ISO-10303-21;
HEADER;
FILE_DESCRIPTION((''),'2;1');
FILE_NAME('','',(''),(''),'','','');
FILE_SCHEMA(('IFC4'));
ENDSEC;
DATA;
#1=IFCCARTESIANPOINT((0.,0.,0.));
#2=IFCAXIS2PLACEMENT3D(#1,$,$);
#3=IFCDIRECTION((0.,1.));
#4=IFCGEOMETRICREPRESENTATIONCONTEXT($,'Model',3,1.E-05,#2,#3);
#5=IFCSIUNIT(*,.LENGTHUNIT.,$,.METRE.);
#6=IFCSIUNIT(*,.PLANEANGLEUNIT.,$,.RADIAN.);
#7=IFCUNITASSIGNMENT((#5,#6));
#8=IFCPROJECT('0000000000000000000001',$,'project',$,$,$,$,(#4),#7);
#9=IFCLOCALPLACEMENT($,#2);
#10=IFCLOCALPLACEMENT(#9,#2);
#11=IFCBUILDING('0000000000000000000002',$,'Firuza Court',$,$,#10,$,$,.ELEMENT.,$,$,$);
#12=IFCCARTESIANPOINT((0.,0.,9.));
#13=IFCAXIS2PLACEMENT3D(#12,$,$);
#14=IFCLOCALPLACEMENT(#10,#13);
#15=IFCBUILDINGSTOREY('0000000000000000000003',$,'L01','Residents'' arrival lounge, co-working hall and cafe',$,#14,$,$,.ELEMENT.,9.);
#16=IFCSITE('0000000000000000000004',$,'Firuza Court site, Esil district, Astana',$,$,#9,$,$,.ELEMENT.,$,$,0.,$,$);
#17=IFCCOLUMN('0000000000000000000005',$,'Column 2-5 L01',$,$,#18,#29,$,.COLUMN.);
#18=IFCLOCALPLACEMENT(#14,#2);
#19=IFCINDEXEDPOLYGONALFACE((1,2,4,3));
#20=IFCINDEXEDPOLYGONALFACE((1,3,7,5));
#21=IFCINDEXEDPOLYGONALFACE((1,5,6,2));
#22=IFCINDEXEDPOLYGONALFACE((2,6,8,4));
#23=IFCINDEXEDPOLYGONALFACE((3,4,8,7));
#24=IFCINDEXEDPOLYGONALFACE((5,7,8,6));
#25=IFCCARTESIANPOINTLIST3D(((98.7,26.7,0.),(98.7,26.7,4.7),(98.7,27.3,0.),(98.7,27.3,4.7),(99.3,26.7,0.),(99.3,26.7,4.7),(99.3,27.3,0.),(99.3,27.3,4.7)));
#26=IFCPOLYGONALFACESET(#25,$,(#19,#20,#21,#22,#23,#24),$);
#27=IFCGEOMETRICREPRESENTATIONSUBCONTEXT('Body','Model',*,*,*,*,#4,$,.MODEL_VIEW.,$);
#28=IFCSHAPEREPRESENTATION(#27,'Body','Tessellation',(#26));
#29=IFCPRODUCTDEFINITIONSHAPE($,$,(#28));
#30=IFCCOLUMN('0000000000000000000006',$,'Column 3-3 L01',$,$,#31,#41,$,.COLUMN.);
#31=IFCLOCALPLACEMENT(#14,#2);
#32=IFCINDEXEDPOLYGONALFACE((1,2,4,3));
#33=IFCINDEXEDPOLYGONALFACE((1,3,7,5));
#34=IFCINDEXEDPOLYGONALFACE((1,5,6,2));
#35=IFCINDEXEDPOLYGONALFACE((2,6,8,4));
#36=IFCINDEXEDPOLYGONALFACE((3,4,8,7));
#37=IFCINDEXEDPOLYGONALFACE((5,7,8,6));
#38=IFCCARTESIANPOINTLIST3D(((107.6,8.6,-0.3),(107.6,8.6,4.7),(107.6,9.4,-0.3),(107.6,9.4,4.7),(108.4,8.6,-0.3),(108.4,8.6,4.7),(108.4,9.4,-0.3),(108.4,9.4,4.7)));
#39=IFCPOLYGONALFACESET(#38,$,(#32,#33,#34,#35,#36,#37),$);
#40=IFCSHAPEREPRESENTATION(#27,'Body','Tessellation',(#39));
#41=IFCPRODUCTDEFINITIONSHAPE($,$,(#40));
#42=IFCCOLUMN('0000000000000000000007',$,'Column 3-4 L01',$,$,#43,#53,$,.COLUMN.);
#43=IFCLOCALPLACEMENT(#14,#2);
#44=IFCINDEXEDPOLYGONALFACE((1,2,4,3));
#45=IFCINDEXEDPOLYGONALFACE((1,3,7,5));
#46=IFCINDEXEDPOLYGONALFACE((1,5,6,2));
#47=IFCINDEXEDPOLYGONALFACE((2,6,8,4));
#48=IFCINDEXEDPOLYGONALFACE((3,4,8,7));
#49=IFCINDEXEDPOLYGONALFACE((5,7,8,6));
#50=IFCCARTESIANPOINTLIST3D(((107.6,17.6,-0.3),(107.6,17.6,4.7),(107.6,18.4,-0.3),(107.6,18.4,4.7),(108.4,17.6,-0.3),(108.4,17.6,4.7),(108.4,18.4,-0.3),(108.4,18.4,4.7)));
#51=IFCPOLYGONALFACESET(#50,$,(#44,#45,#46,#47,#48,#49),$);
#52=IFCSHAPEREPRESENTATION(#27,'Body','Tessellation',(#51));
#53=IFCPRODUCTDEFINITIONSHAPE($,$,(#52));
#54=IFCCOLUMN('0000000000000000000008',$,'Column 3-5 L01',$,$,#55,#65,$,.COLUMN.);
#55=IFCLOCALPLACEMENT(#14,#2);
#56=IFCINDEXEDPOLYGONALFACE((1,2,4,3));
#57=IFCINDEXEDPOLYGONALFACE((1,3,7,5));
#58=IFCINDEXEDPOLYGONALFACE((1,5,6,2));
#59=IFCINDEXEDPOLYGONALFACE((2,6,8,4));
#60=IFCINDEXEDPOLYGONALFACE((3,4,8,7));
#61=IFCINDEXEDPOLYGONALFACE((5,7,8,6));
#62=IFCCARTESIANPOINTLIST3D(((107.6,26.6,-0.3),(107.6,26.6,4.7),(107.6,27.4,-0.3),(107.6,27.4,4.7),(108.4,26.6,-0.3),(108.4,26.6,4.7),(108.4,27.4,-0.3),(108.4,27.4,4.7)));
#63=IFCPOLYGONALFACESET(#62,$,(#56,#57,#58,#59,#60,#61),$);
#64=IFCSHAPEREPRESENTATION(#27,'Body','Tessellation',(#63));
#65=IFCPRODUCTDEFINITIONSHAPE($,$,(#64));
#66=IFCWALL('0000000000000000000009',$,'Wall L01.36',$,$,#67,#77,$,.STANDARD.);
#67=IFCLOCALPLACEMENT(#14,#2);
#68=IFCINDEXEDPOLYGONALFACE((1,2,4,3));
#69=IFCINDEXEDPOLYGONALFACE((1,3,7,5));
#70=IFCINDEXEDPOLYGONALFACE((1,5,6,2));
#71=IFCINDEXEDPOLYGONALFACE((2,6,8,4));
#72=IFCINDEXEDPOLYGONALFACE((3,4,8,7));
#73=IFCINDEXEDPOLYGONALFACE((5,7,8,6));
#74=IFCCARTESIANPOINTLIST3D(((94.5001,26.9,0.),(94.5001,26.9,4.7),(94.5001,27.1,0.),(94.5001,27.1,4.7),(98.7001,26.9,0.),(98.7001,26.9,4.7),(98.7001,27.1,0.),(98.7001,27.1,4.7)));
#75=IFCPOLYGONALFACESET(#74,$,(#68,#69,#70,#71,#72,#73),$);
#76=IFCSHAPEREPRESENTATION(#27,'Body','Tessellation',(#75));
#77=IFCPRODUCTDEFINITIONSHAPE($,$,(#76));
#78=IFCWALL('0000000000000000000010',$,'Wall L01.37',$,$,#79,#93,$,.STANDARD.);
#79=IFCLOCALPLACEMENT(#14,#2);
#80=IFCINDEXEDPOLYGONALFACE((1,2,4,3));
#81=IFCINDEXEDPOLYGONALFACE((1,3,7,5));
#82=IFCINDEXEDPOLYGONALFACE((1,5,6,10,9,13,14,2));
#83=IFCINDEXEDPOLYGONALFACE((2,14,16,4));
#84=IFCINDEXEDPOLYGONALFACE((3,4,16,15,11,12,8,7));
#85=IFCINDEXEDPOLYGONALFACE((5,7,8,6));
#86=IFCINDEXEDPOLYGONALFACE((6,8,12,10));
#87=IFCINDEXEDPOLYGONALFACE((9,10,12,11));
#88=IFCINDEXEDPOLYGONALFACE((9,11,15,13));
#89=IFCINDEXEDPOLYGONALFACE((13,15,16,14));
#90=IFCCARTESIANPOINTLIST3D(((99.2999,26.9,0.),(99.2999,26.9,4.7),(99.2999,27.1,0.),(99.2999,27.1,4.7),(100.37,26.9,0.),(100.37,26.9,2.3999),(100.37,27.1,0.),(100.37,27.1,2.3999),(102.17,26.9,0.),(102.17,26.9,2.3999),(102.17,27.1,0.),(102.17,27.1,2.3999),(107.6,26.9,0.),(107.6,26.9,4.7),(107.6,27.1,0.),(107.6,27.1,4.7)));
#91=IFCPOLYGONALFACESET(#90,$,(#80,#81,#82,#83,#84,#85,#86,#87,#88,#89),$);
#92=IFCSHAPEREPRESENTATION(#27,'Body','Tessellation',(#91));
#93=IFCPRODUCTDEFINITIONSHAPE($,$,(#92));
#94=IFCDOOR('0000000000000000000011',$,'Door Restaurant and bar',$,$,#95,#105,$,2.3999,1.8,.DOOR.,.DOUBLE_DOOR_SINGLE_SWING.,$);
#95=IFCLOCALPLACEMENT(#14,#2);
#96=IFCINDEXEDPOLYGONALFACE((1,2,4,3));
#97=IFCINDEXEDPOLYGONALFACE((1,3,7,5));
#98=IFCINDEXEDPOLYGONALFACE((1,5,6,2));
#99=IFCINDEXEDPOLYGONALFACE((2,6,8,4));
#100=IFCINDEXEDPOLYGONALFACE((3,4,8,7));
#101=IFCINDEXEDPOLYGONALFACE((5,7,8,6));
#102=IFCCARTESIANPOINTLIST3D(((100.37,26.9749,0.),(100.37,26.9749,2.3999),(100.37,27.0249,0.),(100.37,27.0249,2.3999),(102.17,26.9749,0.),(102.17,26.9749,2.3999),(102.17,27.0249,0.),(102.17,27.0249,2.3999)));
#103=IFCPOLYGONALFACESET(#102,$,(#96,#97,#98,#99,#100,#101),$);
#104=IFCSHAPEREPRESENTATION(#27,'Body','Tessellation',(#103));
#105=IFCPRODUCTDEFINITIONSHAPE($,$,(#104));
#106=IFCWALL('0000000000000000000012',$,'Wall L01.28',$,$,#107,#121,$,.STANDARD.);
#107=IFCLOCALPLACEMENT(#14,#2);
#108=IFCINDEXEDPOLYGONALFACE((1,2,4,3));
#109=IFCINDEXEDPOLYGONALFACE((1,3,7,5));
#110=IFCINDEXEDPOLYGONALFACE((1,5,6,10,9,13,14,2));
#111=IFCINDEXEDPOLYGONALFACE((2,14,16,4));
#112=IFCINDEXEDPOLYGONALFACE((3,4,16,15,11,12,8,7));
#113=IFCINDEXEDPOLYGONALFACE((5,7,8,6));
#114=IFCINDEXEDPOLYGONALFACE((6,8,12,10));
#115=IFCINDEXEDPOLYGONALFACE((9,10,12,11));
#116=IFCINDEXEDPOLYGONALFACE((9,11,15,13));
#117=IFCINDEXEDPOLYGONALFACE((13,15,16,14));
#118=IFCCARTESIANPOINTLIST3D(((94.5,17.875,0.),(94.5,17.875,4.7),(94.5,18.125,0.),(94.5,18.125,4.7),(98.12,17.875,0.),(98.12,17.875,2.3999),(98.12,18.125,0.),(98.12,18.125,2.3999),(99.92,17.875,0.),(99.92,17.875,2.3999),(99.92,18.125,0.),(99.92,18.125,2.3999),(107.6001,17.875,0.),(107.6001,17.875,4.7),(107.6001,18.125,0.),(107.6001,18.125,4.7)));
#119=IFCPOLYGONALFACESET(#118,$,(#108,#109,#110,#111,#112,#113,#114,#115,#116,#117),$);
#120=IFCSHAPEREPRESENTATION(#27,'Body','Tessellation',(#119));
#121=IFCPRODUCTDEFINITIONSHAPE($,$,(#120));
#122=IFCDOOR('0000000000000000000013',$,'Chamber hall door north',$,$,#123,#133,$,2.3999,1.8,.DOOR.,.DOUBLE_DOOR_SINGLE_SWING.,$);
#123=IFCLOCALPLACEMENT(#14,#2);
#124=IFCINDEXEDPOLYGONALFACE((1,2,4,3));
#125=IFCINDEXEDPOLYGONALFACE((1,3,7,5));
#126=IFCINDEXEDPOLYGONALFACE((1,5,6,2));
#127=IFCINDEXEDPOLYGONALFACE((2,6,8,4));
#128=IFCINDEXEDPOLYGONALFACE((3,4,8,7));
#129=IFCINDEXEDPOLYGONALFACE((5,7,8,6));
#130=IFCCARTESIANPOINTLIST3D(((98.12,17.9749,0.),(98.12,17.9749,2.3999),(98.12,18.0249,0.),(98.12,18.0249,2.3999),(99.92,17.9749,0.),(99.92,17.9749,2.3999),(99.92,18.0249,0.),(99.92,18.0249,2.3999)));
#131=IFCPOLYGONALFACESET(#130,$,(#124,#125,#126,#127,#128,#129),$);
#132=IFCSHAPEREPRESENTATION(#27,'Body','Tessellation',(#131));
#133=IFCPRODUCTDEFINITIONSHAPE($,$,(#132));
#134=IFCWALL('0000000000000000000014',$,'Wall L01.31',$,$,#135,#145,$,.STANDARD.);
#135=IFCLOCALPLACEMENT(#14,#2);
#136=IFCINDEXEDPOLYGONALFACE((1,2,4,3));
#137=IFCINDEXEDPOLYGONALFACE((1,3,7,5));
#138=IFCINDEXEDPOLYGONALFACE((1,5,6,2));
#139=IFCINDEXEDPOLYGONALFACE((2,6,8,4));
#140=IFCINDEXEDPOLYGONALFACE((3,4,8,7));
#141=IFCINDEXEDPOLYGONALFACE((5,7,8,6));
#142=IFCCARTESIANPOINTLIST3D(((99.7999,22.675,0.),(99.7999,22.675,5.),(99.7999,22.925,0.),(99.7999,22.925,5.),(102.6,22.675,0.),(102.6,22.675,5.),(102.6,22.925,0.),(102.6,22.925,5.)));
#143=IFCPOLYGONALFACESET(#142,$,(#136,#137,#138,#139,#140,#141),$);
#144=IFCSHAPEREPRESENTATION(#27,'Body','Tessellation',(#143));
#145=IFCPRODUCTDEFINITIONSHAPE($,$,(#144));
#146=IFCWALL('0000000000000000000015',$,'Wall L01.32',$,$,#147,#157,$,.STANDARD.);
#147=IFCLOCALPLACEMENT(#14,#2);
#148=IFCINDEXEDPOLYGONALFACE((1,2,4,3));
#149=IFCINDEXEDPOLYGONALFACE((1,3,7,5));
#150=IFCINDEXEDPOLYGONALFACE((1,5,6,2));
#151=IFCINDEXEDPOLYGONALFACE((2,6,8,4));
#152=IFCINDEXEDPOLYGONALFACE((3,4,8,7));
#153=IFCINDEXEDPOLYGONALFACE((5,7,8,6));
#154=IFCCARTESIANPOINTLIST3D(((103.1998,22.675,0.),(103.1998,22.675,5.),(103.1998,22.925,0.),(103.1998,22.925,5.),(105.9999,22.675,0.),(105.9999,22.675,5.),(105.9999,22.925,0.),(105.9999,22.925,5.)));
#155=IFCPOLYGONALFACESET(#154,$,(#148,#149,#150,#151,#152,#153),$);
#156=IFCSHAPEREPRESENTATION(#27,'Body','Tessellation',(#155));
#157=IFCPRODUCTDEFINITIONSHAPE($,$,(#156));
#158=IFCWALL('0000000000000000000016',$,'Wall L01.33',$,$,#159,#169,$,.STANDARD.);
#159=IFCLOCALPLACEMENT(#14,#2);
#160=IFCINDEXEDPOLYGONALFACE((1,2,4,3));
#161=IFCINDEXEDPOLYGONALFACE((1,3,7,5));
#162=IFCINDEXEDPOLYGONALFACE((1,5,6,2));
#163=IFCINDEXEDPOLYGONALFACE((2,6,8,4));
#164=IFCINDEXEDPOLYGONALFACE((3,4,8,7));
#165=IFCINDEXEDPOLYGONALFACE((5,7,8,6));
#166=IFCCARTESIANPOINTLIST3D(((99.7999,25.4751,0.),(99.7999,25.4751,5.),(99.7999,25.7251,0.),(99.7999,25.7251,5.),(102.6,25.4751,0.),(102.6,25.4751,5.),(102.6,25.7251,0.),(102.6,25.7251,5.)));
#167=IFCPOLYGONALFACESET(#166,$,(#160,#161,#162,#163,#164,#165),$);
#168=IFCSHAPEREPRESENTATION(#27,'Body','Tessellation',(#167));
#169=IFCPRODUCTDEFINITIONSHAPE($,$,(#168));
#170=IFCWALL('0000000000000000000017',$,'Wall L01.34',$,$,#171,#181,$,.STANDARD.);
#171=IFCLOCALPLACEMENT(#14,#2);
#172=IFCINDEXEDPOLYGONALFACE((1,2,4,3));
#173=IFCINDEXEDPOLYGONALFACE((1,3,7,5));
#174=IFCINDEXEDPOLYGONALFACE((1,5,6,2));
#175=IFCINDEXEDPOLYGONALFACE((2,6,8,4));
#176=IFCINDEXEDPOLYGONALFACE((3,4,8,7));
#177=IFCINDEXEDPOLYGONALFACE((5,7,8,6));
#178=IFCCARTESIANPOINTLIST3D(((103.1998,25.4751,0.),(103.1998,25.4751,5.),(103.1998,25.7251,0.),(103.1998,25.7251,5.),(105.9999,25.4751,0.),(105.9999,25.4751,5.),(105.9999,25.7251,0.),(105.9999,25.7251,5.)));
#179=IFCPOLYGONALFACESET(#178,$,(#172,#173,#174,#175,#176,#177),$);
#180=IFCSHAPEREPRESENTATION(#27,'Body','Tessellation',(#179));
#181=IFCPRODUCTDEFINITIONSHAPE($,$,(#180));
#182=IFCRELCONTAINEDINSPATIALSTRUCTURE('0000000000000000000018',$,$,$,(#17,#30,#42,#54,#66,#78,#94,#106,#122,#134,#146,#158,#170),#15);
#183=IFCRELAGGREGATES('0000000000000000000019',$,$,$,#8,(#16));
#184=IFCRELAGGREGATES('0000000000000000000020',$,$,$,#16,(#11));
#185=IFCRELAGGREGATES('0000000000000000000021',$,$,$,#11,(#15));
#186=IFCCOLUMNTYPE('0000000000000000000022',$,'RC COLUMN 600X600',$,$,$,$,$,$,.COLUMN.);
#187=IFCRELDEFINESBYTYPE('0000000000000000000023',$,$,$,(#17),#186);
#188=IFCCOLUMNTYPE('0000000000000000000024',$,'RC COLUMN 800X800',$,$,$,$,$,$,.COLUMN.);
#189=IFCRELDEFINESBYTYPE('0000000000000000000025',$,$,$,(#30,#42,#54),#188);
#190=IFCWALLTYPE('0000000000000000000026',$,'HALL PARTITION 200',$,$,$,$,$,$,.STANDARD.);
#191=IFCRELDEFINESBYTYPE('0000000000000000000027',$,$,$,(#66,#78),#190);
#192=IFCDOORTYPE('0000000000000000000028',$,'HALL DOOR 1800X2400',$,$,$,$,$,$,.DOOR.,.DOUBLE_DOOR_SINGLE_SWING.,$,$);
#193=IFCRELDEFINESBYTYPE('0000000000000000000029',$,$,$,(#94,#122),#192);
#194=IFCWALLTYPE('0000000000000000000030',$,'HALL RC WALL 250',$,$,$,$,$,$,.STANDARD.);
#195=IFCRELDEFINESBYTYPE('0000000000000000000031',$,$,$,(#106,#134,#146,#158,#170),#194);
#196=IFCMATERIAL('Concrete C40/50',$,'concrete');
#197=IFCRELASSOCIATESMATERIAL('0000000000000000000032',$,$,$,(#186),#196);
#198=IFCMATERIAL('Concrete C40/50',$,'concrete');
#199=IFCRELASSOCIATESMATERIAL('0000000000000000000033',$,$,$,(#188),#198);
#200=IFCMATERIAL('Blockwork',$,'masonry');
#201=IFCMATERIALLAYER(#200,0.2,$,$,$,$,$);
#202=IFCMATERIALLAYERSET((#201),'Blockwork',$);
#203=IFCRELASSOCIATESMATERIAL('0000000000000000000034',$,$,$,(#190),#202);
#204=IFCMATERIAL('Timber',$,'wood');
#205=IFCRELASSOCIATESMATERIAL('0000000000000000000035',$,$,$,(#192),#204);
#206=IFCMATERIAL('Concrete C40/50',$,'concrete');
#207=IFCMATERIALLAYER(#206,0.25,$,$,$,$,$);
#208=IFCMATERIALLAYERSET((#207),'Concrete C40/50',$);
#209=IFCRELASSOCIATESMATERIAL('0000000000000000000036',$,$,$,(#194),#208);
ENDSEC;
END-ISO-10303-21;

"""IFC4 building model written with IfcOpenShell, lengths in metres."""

from ifc_helpers import new_model, si_unit, direction, frame, frame_2d, origin, origin_2d, place, context, subcontext, project, spatial, rectangle, extrude, material, layer, layer_set, material_profile, profile_set, type_object, element, fill, save


model = new_model("IFC4")

# Units and contexts
model_context = context("Model", 3, precision=1e-05, world=origin(), true_north=direction((0.0, 1.0)))
body_context = subcontext(model_context, "Body", "Model", "MODEL_VIEW")
ifc_project = project(units=[si_unit("LENGTHUNIT", "METRE"), si_unit("PLANEANGLEUNIT", "RADIAN")], contexts=[model_context])

# Site, building, storey
site_placement = place(None, origin())
site = spatial("IfcSite", under=ifc_project, at=site_placement, Name="Firuza Court site, Esil district, Astana", CompositionType="ELEMENT", RefElevation=0.0)
building_placement = place(site_placement, origin())
building = spatial("IfcBuilding", under=site, at=building_placement, Name="Firuza Court", CompositionType="ELEMENT")
storey_placement = place(building_placement, frame((0.0, 0.0, 9.0)))
storey = spatial("IfcBuildingStorey", under=building, at=storey_placement, Name="L01", Description="Residents' arrival lounge, co-working hall and cafe", CompositionType="ELEMENT", Elevation=9.0)

# Columns
ifc_material_1 = material(Name="Concrete C40/50", Category="concrete")
ifc_material_profile_1 = material_profile(ifc_material_1, rectangle(XDim=0.6001, YDim=0.6001, at=origin_2d()), Name="RC 600X600")
ifc_profile_set_1 = profile_set([ifc_material_profile_1], Name="Concrete C40/50")
column_type_1 = type_object("IfcColumnType", Name="RC COLUMN 600X600", PredefinedType="COLUMN", material=ifc_profile_set_1)
column_placement = place(storey_placement, frame((99.0, 27.0, 0.0), z_axis=(0.0, 0.0, 1.0), x_axis=(1.0, 0.0, 0.0)))
element("IfcColumn", 1, at=column_placement, inside=storey, type_object=column_type_1, Name="Column 2-5 L01", PredefinedType="COLUMN", context=body_context, shape_type="SweptSolid", body=[
    extrude(rectangle(XDim=0.6001, YDim=0.6001, at=origin_2d()), origin(), (0.0, 0.0, 1.0), 4.7),
])
ifc_material_2 = material(Name="Concrete C40/50", Category="concrete")
ifc_material_profile_2 = material_profile(ifc_material_2, rectangle(XDim=0.8, YDim=0.8, at=origin_2d()), Name="RC 800X800")
ifc_profile_set_2 = profile_set([ifc_material_profile_2], Name="Concrete C40/50")
column_type_2 = type_object("IfcColumnType", Name="RC COLUMN 800X800", PredefinedType="COLUMN", material=ifc_profile_set_2)
for number, where, z_axis, x_axis, name in (
    (2, (108.0, 9.0, -0.3), (0.0, 0.0, 1.0), (1.0, 0.0, 0.0), "Column 3-3 L01"),
    (3, (108.0, 18.0, -0.3), (0.0, 0.0, 1.0), (1.0, 0.0, 0.0), "Column 3-4 L01"),
    (4, (108.0, 27.0, -0.3), (0.0, 0.0, 1.0), (1.0, 0.0, 0.0), "Column 3-5 L01"),
):
    element("IfcColumn", number, at=place(storey_placement, frame(where, z_axis=z_axis, x_axis=x_axis)), inside=storey, type_object=column_type_2, Name=name, PredefinedType="COLUMN", context=body_context, shape_type="SweptSolid", body=[
        extrude(rectangle(XDim=0.8, YDim=0.8, at=origin_2d()), origin(), (0.0, 0.0, 1.0), 5.0),
    ])

# Wall
ifc_material_3 = material(Name="Blockwork", Category="masonry")
ifc_layer_1 = layer(ifc_material_3, 0.2)
ifc_layer_set_1 = layer_set([ifc_layer_1], Name="Blockwork")
wall_type_1 = type_object("IfcWallType", Name="HALL PARTITION 200", PredefinedType="STANDARD", material=ifc_layer_set_1)
wall_1_placement = place(storey_placement, frame((94.5, 27.0, 0.0), z_axis=(0.0, 0.0, 1.0), x_axis=(1.0, 0.0, 0.0)))
element("IfcWall", 5, at=wall_1_placement, inside=storey, type_object=wall_type_1, Name="Wall L01.36", PredefinedType="STANDARD", context=body_context, shape_type="SweptSolid", body=[
    extrude(rectangle(XDim=4.2, YDim=0.2, at=frame_2d((2.1001, 0.0))), origin(), (0.0, 0.0, 1.0), 4.7),
])

# Walls, openings, doors
wall_2_placement = place(storey_placement, frame((99.3, 27.0, 0.0), z_axis=(0.0, 0.0, 1.0), x_axis=(1.0, 0.0, 0.0)))
wall_2 = element("IfcWall", 6, at=wall_2_placement, inside=storey, type_object=wall_type_1, Name="Wall L01.37", PredefinedType="STANDARD", context=body_context, shape_type="SweptSolid", body=[
    extrude(rectangle(XDim=8.3, YDim=0.2, at=frame_2d((4.1499, 0.0))), origin(), (0.0, 0.0, 1.0), 4.7),
])
opening_1_placement = place(wall_2_placement, frame((1.0701, 0.0, 0.0)))
opening_1 = element("IfcOpeningElement", 7, at=opening_1_placement, cuts=wall_2, PredefinedType="OPENING", context=body_context, shape_type="SweptSolid", body=[
    extrude(rectangle(XDim=1.8, YDim=2.3999, at=frame_2d((0.8999, 1.2))), frame((0.0, 0.1118, 0.0), z_axis=(0.0, -1.0, 0.0), x_axis=(1.0, 0.0, 0.0)), (0.0, 0.0, 1.0), 0.2239),
])
ifc_material_4 = material(Name="Timber", Category="wood")
door_type_1 = type_object("IfcDoorType", Name="HALL DOOR 1800X2400", OperationType="DOUBLE_DOOR_SINGLE_SWING", PredefinedType="DOOR", material=ifc_material_4)
door_1_placement = place(opening_1_placement, origin())
door_1 = element("IfcDoor", 8, at=door_1_placement, inside=storey, type_object=door_type_1, Name="Door Restaurant and bar", OperationType="DOUBLE_DOOR_SINGLE_SWING", OverallHeight=2.3999, OverallWidth=1.8, PredefinedType="DOOR", context=body_context, shape_type="SweptSolid", body=[
    extrude(rectangle(XDim=1.8, YDim=2.3999, at=frame_2d((0.8999, 1.2))), frame((0.0, 0.0249, 0.0), z_axis=(0.0, -1.0, 0.0), x_axis=(1.0, 0.0, 0.0)), (0.0, 0.0, 1.0), 0.05),
])
fill(opening_1, door_1)
ifc_material_5 = material(Name="Concrete C40/50", Category="concrete")
ifc_layer_2 = layer(ifc_material_5, 0.25)
ifc_layer_set_2 = layer_set([ifc_layer_2], Name="Concrete C40/50")
wall_type_2 = type_object("IfcWallType", Name="HALL RC WALL 250", PredefinedType="STANDARD", material=ifc_layer_set_2)
wall_3_placement = place(storey_placement, frame((94.5, 18.0, 0.0), z_axis=(0.0, 0.0, 1.0), x_axis=(1.0, 0.0, 0.0)))
wall_3 = element("IfcWall", 9, at=wall_3_placement, inside=storey, type_object=wall_type_2, Name="Wall L01.28", PredefinedType="STANDARD", context=body_context, shape_type="SweptSolid", body=[
    extrude(rectangle(XDim=13.1001, YDim=0.25, at=frame_2d((6.55, 0.0))), origin(), (0.0, 0.0, 1.0), 4.7),
])
opening_2_placement = place(wall_3_placement, frame((3.6201, 0.0, 0.0)))
opening_2 = element("IfcOpeningElement", 10, at=opening_2_placement, cuts=wall_3, PredefinedType="OPENING", context=body_context, shape_type="SweptSolid", body=[
    extrude(rectangle(XDim=1.8, YDim=2.3999, at=frame_2d((0.8999, 1.2))), frame((0.0, 0.137, 0.0), z_axis=(0.0, -1.0, 0.0), x_axis=(1.0, 0.0, 0.0)), (0.0, 0.0, 1.0), 0.2739),
])
door_2_placement = place(opening_2_placement, origin())
door_2 = element("IfcDoor", 11, at=door_2_placement, inside=storey, type_object=door_type_1, Name="Chamber hall door north", OperationType="DOUBLE_DOOR_SINGLE_SWING", OverallHeight=2.3999, OverallWidth=1.8, PredefinedType="DOOR", context=body_context, shape_type="SweptSolid", body=[
    extrude(rectangle(XDim=1.8, YDim=2.3999, at=frame_2d((0.8999, 1.2))), frame((0.0, 0.0249, 0.0), z_axis=(0.0, -1.0, 0.0), x_axis=(1.0, 0.0, 0.0)), (0.0, 0.0, 1.0), 0.05),
])
fill(opening_2, door_2)

# Walls
for number, where, z_axis, x_axis, name in (
    (12, (99.8, 22.8, 0.0), (0.0, 0.0, 1.0), (1.0, 0.0, 0.0), "Wall L01.31"),
    (13, (103.2, 22.8, 0.0), (0.0, 0.0, 1.0), (1.0, 0.0, 0.0), "Wall L01.32"),
    (14, (99.8, 25.6001, 0.0), (0.0, 0.0, 1.0), (1.0, 0.0, 0.0), "Wall L01.33"),
    (15, (103.2, 25.6001, 0.0), (0.0, 0.0, 1.0), (1.0, 0.0, 0.0), "Wall L01.34"),
):
    element("IfcWall", number, at=place(storey_placement, frame(where, z_axis=z_axis, x_axis=x_axis)), inside=storey, type_object=wall_type_2, Name=name, PredefinedType="STANDARD", context=body_context, shape_type="SweptSolid", body=[
        extrude(rectangle(XDim=2.8, YDim=0.25, at=frame_2d((1.3999, 0.0))), origin(), (0.0, 0.0, 1.0), 5.0),
    ])

save(model, "model.ifc")
